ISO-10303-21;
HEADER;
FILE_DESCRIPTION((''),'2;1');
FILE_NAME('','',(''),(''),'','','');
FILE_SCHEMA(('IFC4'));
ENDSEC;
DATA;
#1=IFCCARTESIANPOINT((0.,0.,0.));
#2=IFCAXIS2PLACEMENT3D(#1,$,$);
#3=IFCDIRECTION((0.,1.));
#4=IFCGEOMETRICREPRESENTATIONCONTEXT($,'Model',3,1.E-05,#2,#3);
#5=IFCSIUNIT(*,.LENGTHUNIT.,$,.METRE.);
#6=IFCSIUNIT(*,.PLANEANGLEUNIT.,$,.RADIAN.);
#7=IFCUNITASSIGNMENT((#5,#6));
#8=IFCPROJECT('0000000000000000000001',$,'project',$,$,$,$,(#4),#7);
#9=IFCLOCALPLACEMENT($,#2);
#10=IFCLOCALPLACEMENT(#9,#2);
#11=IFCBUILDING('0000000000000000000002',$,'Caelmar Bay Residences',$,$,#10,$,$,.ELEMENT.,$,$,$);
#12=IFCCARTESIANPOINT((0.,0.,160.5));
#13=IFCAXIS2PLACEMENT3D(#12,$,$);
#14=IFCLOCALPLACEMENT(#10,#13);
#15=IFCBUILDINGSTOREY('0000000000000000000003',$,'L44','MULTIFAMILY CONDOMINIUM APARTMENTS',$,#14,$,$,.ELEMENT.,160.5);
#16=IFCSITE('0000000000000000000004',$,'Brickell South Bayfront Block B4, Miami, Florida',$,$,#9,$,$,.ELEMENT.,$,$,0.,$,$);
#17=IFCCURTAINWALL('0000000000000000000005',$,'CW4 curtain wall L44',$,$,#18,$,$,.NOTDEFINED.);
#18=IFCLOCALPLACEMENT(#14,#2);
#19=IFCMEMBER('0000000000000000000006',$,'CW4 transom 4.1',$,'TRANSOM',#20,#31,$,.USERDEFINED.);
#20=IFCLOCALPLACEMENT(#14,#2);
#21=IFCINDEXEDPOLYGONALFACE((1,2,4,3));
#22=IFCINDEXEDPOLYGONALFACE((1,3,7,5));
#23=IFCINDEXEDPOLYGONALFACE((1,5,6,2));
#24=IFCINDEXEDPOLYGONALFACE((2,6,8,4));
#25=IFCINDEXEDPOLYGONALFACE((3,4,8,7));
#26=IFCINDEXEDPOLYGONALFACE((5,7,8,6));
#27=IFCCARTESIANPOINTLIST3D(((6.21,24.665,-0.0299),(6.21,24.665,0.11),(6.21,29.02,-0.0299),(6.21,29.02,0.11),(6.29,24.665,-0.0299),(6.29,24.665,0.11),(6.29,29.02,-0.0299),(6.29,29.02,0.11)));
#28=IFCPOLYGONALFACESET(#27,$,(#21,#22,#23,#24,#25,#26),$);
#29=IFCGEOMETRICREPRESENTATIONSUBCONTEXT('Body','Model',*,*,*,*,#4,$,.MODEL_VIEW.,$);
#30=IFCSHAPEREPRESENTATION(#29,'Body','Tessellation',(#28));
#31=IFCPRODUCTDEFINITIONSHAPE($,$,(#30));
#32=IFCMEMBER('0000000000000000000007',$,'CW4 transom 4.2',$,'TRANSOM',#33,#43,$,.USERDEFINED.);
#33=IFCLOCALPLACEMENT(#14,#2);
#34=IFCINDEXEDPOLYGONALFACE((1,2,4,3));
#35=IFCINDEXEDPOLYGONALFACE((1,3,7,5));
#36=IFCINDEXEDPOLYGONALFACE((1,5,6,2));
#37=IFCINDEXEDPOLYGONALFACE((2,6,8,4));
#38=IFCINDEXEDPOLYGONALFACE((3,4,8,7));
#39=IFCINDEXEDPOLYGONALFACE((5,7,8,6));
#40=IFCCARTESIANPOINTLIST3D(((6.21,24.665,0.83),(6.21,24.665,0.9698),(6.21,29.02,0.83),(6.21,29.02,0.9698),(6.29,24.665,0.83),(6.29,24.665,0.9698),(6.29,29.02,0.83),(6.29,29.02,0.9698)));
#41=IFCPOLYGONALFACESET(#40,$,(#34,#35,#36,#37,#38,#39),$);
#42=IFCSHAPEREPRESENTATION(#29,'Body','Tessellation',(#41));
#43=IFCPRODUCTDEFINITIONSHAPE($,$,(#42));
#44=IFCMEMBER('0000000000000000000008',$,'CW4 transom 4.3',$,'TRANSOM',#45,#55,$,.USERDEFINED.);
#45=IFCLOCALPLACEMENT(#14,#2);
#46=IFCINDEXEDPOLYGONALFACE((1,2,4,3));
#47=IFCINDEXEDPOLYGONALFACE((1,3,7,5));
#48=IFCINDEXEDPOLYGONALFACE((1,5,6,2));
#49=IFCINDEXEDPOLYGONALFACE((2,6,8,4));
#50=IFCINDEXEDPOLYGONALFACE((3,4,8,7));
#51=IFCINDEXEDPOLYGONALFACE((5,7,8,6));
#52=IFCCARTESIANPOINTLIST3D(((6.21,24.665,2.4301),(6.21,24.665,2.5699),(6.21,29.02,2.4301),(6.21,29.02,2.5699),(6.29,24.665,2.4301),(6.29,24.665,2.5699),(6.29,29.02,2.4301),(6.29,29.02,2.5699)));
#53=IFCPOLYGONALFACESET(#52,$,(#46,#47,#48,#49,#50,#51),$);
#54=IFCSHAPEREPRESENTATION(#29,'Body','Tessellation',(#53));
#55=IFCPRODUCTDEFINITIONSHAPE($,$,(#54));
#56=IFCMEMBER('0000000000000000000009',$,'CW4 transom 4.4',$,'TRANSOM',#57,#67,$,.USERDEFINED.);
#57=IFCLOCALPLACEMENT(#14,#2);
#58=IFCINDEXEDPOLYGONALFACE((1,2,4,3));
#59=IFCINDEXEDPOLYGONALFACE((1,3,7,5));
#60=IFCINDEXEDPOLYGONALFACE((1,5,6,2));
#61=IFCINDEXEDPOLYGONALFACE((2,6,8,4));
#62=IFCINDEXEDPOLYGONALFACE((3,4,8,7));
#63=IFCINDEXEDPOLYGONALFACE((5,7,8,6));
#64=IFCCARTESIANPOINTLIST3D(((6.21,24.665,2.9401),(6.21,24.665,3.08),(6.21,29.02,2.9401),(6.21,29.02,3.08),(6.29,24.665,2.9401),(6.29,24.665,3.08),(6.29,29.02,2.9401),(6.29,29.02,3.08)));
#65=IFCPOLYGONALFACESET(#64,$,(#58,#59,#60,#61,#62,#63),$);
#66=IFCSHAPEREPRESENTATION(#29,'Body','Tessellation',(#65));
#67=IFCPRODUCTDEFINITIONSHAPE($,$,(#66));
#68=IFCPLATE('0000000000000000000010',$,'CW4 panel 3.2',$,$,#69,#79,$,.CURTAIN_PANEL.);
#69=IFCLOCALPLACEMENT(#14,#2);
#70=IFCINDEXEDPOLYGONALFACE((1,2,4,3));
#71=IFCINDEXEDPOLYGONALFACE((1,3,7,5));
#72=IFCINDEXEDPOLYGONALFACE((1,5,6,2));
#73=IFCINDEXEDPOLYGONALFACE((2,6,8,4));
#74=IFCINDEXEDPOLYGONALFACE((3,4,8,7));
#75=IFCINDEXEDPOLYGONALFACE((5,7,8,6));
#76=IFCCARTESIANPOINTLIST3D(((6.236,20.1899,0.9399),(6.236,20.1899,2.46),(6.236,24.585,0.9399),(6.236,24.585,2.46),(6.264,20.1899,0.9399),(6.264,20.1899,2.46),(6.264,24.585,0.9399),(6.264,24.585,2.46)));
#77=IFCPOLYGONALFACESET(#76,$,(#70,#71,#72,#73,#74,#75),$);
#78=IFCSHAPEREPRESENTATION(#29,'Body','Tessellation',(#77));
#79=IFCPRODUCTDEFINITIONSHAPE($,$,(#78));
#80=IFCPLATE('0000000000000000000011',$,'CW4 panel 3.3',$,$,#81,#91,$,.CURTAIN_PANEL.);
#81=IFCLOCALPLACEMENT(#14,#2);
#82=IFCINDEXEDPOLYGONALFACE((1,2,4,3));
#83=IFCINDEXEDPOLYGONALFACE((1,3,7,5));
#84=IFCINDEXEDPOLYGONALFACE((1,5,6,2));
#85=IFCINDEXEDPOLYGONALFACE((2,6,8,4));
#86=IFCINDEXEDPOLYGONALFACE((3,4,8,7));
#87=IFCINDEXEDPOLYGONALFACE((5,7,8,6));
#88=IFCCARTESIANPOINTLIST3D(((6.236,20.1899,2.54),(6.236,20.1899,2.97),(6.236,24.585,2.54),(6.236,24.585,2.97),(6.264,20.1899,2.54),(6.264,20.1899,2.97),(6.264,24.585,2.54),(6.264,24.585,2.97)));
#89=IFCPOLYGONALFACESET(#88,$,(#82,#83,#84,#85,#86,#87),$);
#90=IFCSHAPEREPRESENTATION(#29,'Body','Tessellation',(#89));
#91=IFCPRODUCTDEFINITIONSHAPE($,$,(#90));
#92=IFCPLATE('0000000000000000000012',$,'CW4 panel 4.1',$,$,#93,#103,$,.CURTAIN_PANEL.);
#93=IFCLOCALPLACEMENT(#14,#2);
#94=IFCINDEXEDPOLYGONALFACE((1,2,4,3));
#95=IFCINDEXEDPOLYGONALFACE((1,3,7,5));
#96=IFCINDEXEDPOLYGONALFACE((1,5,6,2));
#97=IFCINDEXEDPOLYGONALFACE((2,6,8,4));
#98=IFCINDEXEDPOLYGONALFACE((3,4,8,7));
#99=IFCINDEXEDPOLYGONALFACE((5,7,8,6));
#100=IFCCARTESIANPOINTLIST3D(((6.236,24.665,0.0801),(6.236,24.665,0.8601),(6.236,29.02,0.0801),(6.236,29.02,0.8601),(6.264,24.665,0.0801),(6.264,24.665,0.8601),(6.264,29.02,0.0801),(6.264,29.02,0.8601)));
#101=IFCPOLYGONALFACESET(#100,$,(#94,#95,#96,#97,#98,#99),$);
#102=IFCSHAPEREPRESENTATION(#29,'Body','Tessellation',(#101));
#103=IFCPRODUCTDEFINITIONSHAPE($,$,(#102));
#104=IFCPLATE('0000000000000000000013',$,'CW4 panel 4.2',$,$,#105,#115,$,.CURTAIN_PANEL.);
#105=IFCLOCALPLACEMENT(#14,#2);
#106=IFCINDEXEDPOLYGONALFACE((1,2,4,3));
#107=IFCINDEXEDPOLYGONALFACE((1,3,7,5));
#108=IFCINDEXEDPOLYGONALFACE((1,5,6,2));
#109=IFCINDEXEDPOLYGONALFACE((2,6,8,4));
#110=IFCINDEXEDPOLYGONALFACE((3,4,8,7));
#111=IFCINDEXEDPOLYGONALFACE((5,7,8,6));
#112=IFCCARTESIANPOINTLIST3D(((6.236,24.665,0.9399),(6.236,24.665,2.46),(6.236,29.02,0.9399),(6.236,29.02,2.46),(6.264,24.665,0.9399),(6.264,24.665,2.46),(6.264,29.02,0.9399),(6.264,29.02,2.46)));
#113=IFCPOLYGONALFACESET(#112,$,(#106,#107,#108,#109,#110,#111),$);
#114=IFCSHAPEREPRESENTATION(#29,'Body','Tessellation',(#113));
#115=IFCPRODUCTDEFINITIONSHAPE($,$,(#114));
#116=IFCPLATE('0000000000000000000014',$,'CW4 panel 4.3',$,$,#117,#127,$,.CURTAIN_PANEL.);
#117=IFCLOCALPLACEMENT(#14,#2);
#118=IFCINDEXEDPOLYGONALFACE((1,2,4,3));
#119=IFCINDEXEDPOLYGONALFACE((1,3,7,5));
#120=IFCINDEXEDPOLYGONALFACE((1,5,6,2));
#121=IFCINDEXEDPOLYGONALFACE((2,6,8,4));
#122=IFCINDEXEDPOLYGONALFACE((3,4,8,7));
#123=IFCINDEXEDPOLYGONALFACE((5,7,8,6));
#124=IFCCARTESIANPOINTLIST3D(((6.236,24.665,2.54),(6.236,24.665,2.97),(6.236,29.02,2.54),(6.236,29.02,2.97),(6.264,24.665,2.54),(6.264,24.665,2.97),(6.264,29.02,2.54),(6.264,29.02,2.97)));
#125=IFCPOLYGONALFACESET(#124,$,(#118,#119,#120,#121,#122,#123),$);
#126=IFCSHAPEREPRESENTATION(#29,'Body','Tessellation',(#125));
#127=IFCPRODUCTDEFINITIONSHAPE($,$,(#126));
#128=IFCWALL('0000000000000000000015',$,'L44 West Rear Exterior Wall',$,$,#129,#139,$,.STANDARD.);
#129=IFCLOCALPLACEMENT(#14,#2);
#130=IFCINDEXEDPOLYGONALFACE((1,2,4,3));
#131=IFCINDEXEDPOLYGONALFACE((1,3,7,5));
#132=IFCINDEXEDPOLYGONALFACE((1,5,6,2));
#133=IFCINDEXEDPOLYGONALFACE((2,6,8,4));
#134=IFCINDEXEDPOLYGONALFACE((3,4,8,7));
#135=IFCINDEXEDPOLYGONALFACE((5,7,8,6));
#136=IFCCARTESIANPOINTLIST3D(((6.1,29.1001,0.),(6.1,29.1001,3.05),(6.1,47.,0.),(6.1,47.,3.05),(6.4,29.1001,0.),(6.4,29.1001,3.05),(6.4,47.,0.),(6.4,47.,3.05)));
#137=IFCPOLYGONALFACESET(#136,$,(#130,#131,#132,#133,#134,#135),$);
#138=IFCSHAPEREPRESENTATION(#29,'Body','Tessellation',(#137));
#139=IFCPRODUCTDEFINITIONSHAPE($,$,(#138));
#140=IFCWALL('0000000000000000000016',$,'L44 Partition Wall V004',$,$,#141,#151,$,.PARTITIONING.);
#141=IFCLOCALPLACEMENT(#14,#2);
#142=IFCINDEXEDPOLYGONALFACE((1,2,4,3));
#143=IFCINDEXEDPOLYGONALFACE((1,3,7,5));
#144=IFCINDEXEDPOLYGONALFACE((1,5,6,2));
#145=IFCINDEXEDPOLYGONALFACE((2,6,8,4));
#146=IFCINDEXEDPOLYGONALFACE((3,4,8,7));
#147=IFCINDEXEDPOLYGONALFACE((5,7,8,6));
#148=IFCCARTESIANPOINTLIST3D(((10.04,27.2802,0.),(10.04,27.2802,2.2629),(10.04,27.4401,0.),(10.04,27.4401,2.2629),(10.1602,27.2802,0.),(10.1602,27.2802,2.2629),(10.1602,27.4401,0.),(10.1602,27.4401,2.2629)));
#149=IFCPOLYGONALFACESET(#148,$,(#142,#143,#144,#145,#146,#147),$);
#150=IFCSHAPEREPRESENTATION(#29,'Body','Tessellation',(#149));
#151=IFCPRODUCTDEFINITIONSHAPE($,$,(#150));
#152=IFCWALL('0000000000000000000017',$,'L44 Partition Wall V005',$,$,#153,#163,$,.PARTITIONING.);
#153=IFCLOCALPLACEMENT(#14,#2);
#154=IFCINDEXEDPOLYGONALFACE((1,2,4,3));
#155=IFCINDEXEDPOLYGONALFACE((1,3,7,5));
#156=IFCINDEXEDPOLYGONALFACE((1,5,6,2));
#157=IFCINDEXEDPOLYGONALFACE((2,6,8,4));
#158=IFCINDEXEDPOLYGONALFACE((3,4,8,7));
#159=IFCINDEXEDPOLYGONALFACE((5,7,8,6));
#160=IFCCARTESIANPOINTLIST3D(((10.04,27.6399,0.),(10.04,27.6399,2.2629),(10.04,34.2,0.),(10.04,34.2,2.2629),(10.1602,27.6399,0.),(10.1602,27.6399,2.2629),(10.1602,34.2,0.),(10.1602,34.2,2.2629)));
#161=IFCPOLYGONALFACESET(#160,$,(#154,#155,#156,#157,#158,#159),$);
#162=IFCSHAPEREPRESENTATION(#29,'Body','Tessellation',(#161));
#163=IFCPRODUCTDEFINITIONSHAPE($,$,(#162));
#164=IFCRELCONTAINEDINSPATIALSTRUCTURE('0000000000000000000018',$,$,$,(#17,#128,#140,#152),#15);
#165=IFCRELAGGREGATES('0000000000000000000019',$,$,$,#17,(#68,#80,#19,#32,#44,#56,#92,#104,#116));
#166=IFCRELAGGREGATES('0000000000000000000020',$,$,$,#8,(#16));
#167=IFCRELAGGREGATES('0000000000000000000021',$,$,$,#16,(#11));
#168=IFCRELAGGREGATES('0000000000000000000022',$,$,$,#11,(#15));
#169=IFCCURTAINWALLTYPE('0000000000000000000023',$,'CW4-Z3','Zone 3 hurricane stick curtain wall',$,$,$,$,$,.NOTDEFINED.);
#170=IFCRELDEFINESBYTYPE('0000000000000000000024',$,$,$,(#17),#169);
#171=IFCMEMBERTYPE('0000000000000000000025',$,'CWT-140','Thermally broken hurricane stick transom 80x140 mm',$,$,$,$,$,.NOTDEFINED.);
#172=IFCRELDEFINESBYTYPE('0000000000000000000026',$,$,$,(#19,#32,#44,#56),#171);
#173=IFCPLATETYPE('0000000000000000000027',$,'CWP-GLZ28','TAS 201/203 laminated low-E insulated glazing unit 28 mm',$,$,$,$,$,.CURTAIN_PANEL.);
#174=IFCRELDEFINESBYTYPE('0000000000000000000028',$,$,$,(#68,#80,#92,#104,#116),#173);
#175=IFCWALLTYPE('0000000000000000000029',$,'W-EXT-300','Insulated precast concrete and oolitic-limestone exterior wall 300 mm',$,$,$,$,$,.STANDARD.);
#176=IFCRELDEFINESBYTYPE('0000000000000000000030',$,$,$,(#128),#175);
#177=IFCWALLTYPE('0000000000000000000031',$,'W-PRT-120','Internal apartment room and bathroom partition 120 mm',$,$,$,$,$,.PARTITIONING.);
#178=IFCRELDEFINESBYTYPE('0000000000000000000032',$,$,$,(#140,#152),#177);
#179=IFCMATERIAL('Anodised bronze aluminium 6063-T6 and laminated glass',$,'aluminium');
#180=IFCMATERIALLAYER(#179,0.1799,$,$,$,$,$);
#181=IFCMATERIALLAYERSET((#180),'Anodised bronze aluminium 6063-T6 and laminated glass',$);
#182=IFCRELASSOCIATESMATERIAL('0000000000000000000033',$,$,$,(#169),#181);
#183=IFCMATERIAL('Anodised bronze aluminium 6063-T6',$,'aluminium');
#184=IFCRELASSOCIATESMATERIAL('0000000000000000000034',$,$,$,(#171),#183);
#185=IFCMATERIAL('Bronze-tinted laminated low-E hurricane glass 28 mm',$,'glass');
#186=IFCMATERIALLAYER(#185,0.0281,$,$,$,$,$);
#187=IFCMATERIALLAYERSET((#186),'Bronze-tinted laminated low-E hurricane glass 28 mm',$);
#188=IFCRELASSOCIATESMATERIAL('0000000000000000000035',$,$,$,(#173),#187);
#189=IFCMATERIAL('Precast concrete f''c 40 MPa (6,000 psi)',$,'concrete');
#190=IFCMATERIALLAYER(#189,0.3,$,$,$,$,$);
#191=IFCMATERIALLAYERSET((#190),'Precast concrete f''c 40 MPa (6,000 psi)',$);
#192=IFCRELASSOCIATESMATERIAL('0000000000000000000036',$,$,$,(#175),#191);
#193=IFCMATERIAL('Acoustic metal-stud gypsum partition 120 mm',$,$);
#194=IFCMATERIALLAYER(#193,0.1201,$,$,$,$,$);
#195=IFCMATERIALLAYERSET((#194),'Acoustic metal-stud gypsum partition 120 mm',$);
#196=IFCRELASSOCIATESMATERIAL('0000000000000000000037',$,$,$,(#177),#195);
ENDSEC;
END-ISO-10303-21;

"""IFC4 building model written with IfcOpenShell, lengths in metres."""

from ifc_helpers import new_model, si_unit, direction, frame, frame_2d, origin, origin_2d, place, context, subcontext, project, spatial, rectangle, extrude, material, layer, layer_set, material_profile, profile_set, type_object, element, aggregate, save


model = new_model("IFC4")

# Units and contexts
model_context = context("Model", 3, precision=1e-05, world=origin(), true_north=direction((0.0, 1.0)))
body_context = subcontext(model_context, "Body", "Model", "MODEL_VIEW")
ifc_project = project(units=[si_unit("LENGTHUNIT", "METRE"), si_unit("PLANEANGLEUNIT", "RADIAN")], contexts=[model_context])

# Site, building, storey
site_placement = place(None, origin())
site = spatial("IfcSite", under=ifc_project, at=site_placement, Name="Brickell South Bayfront Block B4, Miami, Florida", CompositionType="ELEMENT", RefElevation=0.0)
building_placement = place(site_placement, origin())
building = spatial("IfcBuilding", under=site, at=building_placement, Name="Caelmar Bay Residences", CompositionType="ELEMENT")
storey_placement = place(building_placement, frame((0.0, 0.0, 160.5)))
storey = spatial("IfcBuildingStorey", under=building, at=storey_placement, Name="L44", Description="MULTIFAMILY CONDOMINIUM APARTMENTS", CompositionType="ELEMENT", Elevation=160.5)

# Curtain wall, members, plates
ifc_material_1 = material(Name="Anodised bronze aluminium 6063-T6 and laminated glass", Category="aluminium")
ifc_layer_1 = layer(ifc_material_1, 0.1799)
ifc_layer_set_1 = layer_set([ifc_layer_1], Name="Anodised bronze aluminium 6063-T6 and laminated glass")
curtain_wall_type = type_object("IfcCurtainWallType", Name="CW4-Z3", Description="Zone 3 hurricane stick curtain wall", PredefinedType="NOTDEFINED", material=ifc_layer_set_1)
curtain_wall_placement = place(storey_placement, origin())
curtain_wall = element("IfcCurtainWall", 1, at=curtain_wall_placement, inside=storey, type_object=curtain_wall_type, Name="CW4 curtain wall L44", PredefinedType="NOTDEFINED")
ifc_material_2 = material(Name="Anodised bronze aluminium 6063-T6", Category="aluminium")
ifc_material_profile_1 = material_profile(ifc_material_2, rectangle(XDim=0.0801, YDim=0.1399, at=origin_2d()), Name="CWT-80X140")
ifc_profile_set_1 = profile_set([ifc_material_profile_1], Name="Anodised bronze aluminium 6063-T6")
member_type_1 = type_object("IfcMemberType", Name="CWT-140", Description="Thermally broken hurricane stick transom 80x140 mm", PredefinedType="NOTDEFINED", material=ifc_profile_set_1)
member_1_placement = place(storey_placement, frame((6.25, 24.665, 0.04), z_axis=(0.0, 1.0, 0.0), x_axis=(-1.0, 0.0, 0.0)))
member_1 = element("IfcMember", 2, at=member_1_placement, type_object=member_type_1, Name="CW4 transom 4.1", ObjectType="TRANSOM", PredefinedType="USERDEFINED", context=body_context, shape_type="SweptSolid", body=[
    extrude(rectangle(XDim=0.0801, YDim=0.1399, at=origin_2d()), origin(), (0.0, 0.0, 1.0), 4.355),
])
member_2_placement = place(storey_placement, frame((6.25, 24.665, 0.8999), z_axis=(0.0, 1.0, 0.0), x_axis=(-1.0, 0.0, 0.0)))
member_2 = element("IfcMember", 3, at=member_2_placement, type_object=member_type_1, Name="CW4 transom 4.2", ObjectType="TRANSOM", PredefinedType="USERDEFINED", context=body_context, shape_type="SweptSolid", body=[
    extrude(rectangle(XDim=0.0801, YDim=0.1399, at=origin_2d()), origin(), (0.0, 0.0, 1.0), 4.355),
])
member_3_placement = place(storey_placement, frame((6.25, 24.665, 2.5), z_axis=(0.0, 1.0, 0.0), x_axis=(-1.0, 0.0, 0.0)))
member_3 = element("IfcMember", 4, at=member_3_placement, type_object=member_type_1, Name="CW4 transom 4.3", ObjectType="TRANSOM", PredefinedType="USERDEFINED", context=body_context, shape_type="SweptSolid", body=[
    extrude(rectangle(XDim=0.0801, YDim=0.1399, at=origin_2d()), origin(), (0.0, 0.0, 1.0), 4.355),
])
member_4_placement = place(storey_placement, frame((6.25, 24.665, 3.01), z_axis=(0.0, 1.0, 0.0), x_axis=(-1.0, 0.0, 0.0)))
member_4 = element("IfcMember", 5, at=member_4_placement, type_object=member_type_1, Name="CW4 transom 4.4", ObjectType="TRANSOM", PredefinedType="USERDEFINED", context=body_context, shape_type="SweptSolid", body=[
    extrude(rectangle(XDim=0.0801, YDim=0.1399, at=origin_2d()), origin(), (0.0, 0.0, 1.0), 4.355),
])
ifc_material_3 = material(Name="Bronze-tinted laminated low-E hurricane glass 28 mm", Category="glass")
ifc_layer_2 = layer(ifc_material_3, 0.0281)
ifc_layer_set_2 = layer_set([ifc_layer_2], Name="Bronze-tinted laminated low-E hurricane glass 28 mm")
plate_type = type_object("IfcPlateType", Name="CWP-GLZ28", Description="TAS 201/203 laminated low-E insulated glazing unit 28 mm", PredefinedType="CURTAIN_PANEL", material=ifc_layer_set_2)
plate_1_placement = place(storey_placement, frame((6.25, 22.3875, 0.9399), z_axis=(0.0, 0.0, 1.0), x_axis=(0.0, 1.0, 0.0)))
plate_1 = element("IfcPlate", 6, at=plate_1_placement, type_object=plate_type, Name="CW4 panel 3.2", PredefinedType="CURTAIN_PANEL", context=body_context, shape_type="SweptSolid", body=[
    extrude(rectangle(XDim=4.395, YDim=0.0281, at=origin_2d()), origin(), (0.0, 0.0, 1.0), 1.52),
])
plate_2_placement = place(storey_placement, frame((6.25, 22.3875, 2.54), z_axis=(0.0, 0.0, 1.0), x_axis=(0.0, 1.0, 0.0)))
plate_2 = element("IfcPlate", 7, at=plate_2_placement, type_object=plate_type, Name="CW4 panel 3.3", PredefinedType="CURTAIN_PANEL", context=body_context, shape_type="SweptSolid", body=[
    extrude(rectangle(XDim=4.395, YDim=0.0281, at=origin_2d()), origin(), (0.0, 0.0, 1.0), 0.4299),
])
plate_3_placement = place(storey_placement, frame((6.25, 26.8425, 0.0801), z_axis=(0.0, 0.0, 1.0), x_axis=(0.0, 1.0, 0.0)))
plate_3 = element("IfcPlate", 8, at=plate_3_placement, type_object=plate_type, Name="CW4 panel 4.1", PredefinedType="CURTAIN_PANEL", context=body_context, shape_type="SweptSolid", body=[
    extrude(rectangle(XDim=4.355, YDim=0.0281, at=origin_2d()), origin(), (0.0, 0.0, 1.0), 0.78),
])
plate_4_placement = place(storey_placement, frame((6.25, 26.8425, 0.9399), z_axis=(0.0, 0.0, 1.0), x_axis=(0.0, 1.0, 0.0)))
plate_4 = element("IfcPlate", 9, at=plate_4_placement, type_object=plate_type, Name="CW4 panel 4.2", PredefinedType="CURTAIN_PANEL", context=body_context, shape_type="SweptSolid", body=[
    extrude(rectangle(XDim=4.355, YDim=0.0281, at=origin_2d()), origin(), (0.0, 0.0, 1.0), 1.52),
])
plate_5_placement = place(storey_placement, frame((6.25, 26.8425, 2.54), z_axis=(0.0, 0.0, 1.0), x_axis=(0.0, 1.0, 0.0)))
plate_5 = element("IfcPlate", 10, at=plate_5_placement, type_object=plate_type, Name="CW4 panel 4.3", PredefinedType="CURTAIN_PANEL", context=body_context, shape_type="SweptSolid", body=[
    extrude(rectangle(XDim=4.355, YDim=0.0281, at=origin_2d()), origin(), (0.0, 0.0, 1.0), 0.4299),
])
aggregate(curtain_wall, [plate_1, plate_2, member_1, member_2, member_3, member_4, plate_3, plate_4, plate_5])

# Wall
ifc_material_4 = material(Name="Precast concrete f'c 40 MPa (6,000 psi)", Category="concrete")
ifc_layer_3 = layer(ifc_material_4, 0.3)
ifc_layer_set_3 = layer_set([ifc_layer_3], Name="Precast concrete f'c 40 MPa (6,000 psi)")
wall_type_1 = type_object("IfcWallType", Name="W-EXT-300", Description="Insulated precast concrete and oolitic-limestone exterior wall 300 mm", PredefinedType="STANDARD", material=ifc_layer_set_3)
wall_1_placement = place(storey_placement, frame((6.25, 29.1001, 0.0), z_axis=(0.0, 0.0, 1.0), x_axis=(0.0, 1.0, 0.0)))
element("IfcWall", 11, at=wall_1_placement, inside=storey, type_object=wall_type_1, Name="L44 West Rear Exterior Wall", PredefinedType="STANDARD", context=body_context, shape_type="SweptSolid", body=[
    extrude(rectangle(XDim=17.8999, YDim=0.3, at=frame_2d((8.95, 0.0))), origin(), (0.0, 0.0, 1.0), 3.05),
])

# Shared definitions
ifc_material_5 = material(Name="Acoustic metal-stud gypsum partition 120 mm")
ifc_layer_4 = layer(ifc_material_5, 0.1201)
ifc_layer_set_4 = layer_set([ifc_layer_4], Name="Acoustic metal-stud gypsum partition 120 mm")
wall_type_2 = type_object("IfcWallType", Name="W-PRT-120", Description="Internal apartment room and bathroom partition 120 mm", PredefinedType="PARTITIONING", material=ifc_layer_set_4)

# Walls
wall_2_placement = place(storey_placement, frame((10.1001, 27.28, 0.0), z_axis=(0.0, 0.0, 1.0), x_axis=(0.0, 1.0, 0.0)))
element("IfcWall", 12, at=wall_2_placement, inside=storey, type_object=wall_type_2, Name="L44 Partition Wall V004", PredefinedType="PARTITIONING", context=body_context, shape_type="SweptSolid", body=[
    extrude(rectangle(XDim=0.1599, YDim=0.1201, at=frame_2d((0.0801, 0.0))), origin(), (0.0, 0.0, 1.0), 2.2629),
])
wall_3_placement = place(storey_placement, frame((10.1001, 27.6399, 0.0), z_axis=(0.0, 0.0, 1.0), x_axis=(0.0, 1.0, 0.0)))
element("IfcWall", 13, at=wall_3_placement, inside=storey, type_object=wall_type_2, Name="L44 Partition Wall V005", PredefinedType="PARTITIONING", context=body_context, shape_type="SweptSolid", body=[
    extrude(rectangle(XDim=6.5601, YDim=0.1201, at=frame_2d((3.28, 0.0))), origin(), (0.0, 0.0, 1.0), 2.2629),
])

save(model, "model.ifc")
